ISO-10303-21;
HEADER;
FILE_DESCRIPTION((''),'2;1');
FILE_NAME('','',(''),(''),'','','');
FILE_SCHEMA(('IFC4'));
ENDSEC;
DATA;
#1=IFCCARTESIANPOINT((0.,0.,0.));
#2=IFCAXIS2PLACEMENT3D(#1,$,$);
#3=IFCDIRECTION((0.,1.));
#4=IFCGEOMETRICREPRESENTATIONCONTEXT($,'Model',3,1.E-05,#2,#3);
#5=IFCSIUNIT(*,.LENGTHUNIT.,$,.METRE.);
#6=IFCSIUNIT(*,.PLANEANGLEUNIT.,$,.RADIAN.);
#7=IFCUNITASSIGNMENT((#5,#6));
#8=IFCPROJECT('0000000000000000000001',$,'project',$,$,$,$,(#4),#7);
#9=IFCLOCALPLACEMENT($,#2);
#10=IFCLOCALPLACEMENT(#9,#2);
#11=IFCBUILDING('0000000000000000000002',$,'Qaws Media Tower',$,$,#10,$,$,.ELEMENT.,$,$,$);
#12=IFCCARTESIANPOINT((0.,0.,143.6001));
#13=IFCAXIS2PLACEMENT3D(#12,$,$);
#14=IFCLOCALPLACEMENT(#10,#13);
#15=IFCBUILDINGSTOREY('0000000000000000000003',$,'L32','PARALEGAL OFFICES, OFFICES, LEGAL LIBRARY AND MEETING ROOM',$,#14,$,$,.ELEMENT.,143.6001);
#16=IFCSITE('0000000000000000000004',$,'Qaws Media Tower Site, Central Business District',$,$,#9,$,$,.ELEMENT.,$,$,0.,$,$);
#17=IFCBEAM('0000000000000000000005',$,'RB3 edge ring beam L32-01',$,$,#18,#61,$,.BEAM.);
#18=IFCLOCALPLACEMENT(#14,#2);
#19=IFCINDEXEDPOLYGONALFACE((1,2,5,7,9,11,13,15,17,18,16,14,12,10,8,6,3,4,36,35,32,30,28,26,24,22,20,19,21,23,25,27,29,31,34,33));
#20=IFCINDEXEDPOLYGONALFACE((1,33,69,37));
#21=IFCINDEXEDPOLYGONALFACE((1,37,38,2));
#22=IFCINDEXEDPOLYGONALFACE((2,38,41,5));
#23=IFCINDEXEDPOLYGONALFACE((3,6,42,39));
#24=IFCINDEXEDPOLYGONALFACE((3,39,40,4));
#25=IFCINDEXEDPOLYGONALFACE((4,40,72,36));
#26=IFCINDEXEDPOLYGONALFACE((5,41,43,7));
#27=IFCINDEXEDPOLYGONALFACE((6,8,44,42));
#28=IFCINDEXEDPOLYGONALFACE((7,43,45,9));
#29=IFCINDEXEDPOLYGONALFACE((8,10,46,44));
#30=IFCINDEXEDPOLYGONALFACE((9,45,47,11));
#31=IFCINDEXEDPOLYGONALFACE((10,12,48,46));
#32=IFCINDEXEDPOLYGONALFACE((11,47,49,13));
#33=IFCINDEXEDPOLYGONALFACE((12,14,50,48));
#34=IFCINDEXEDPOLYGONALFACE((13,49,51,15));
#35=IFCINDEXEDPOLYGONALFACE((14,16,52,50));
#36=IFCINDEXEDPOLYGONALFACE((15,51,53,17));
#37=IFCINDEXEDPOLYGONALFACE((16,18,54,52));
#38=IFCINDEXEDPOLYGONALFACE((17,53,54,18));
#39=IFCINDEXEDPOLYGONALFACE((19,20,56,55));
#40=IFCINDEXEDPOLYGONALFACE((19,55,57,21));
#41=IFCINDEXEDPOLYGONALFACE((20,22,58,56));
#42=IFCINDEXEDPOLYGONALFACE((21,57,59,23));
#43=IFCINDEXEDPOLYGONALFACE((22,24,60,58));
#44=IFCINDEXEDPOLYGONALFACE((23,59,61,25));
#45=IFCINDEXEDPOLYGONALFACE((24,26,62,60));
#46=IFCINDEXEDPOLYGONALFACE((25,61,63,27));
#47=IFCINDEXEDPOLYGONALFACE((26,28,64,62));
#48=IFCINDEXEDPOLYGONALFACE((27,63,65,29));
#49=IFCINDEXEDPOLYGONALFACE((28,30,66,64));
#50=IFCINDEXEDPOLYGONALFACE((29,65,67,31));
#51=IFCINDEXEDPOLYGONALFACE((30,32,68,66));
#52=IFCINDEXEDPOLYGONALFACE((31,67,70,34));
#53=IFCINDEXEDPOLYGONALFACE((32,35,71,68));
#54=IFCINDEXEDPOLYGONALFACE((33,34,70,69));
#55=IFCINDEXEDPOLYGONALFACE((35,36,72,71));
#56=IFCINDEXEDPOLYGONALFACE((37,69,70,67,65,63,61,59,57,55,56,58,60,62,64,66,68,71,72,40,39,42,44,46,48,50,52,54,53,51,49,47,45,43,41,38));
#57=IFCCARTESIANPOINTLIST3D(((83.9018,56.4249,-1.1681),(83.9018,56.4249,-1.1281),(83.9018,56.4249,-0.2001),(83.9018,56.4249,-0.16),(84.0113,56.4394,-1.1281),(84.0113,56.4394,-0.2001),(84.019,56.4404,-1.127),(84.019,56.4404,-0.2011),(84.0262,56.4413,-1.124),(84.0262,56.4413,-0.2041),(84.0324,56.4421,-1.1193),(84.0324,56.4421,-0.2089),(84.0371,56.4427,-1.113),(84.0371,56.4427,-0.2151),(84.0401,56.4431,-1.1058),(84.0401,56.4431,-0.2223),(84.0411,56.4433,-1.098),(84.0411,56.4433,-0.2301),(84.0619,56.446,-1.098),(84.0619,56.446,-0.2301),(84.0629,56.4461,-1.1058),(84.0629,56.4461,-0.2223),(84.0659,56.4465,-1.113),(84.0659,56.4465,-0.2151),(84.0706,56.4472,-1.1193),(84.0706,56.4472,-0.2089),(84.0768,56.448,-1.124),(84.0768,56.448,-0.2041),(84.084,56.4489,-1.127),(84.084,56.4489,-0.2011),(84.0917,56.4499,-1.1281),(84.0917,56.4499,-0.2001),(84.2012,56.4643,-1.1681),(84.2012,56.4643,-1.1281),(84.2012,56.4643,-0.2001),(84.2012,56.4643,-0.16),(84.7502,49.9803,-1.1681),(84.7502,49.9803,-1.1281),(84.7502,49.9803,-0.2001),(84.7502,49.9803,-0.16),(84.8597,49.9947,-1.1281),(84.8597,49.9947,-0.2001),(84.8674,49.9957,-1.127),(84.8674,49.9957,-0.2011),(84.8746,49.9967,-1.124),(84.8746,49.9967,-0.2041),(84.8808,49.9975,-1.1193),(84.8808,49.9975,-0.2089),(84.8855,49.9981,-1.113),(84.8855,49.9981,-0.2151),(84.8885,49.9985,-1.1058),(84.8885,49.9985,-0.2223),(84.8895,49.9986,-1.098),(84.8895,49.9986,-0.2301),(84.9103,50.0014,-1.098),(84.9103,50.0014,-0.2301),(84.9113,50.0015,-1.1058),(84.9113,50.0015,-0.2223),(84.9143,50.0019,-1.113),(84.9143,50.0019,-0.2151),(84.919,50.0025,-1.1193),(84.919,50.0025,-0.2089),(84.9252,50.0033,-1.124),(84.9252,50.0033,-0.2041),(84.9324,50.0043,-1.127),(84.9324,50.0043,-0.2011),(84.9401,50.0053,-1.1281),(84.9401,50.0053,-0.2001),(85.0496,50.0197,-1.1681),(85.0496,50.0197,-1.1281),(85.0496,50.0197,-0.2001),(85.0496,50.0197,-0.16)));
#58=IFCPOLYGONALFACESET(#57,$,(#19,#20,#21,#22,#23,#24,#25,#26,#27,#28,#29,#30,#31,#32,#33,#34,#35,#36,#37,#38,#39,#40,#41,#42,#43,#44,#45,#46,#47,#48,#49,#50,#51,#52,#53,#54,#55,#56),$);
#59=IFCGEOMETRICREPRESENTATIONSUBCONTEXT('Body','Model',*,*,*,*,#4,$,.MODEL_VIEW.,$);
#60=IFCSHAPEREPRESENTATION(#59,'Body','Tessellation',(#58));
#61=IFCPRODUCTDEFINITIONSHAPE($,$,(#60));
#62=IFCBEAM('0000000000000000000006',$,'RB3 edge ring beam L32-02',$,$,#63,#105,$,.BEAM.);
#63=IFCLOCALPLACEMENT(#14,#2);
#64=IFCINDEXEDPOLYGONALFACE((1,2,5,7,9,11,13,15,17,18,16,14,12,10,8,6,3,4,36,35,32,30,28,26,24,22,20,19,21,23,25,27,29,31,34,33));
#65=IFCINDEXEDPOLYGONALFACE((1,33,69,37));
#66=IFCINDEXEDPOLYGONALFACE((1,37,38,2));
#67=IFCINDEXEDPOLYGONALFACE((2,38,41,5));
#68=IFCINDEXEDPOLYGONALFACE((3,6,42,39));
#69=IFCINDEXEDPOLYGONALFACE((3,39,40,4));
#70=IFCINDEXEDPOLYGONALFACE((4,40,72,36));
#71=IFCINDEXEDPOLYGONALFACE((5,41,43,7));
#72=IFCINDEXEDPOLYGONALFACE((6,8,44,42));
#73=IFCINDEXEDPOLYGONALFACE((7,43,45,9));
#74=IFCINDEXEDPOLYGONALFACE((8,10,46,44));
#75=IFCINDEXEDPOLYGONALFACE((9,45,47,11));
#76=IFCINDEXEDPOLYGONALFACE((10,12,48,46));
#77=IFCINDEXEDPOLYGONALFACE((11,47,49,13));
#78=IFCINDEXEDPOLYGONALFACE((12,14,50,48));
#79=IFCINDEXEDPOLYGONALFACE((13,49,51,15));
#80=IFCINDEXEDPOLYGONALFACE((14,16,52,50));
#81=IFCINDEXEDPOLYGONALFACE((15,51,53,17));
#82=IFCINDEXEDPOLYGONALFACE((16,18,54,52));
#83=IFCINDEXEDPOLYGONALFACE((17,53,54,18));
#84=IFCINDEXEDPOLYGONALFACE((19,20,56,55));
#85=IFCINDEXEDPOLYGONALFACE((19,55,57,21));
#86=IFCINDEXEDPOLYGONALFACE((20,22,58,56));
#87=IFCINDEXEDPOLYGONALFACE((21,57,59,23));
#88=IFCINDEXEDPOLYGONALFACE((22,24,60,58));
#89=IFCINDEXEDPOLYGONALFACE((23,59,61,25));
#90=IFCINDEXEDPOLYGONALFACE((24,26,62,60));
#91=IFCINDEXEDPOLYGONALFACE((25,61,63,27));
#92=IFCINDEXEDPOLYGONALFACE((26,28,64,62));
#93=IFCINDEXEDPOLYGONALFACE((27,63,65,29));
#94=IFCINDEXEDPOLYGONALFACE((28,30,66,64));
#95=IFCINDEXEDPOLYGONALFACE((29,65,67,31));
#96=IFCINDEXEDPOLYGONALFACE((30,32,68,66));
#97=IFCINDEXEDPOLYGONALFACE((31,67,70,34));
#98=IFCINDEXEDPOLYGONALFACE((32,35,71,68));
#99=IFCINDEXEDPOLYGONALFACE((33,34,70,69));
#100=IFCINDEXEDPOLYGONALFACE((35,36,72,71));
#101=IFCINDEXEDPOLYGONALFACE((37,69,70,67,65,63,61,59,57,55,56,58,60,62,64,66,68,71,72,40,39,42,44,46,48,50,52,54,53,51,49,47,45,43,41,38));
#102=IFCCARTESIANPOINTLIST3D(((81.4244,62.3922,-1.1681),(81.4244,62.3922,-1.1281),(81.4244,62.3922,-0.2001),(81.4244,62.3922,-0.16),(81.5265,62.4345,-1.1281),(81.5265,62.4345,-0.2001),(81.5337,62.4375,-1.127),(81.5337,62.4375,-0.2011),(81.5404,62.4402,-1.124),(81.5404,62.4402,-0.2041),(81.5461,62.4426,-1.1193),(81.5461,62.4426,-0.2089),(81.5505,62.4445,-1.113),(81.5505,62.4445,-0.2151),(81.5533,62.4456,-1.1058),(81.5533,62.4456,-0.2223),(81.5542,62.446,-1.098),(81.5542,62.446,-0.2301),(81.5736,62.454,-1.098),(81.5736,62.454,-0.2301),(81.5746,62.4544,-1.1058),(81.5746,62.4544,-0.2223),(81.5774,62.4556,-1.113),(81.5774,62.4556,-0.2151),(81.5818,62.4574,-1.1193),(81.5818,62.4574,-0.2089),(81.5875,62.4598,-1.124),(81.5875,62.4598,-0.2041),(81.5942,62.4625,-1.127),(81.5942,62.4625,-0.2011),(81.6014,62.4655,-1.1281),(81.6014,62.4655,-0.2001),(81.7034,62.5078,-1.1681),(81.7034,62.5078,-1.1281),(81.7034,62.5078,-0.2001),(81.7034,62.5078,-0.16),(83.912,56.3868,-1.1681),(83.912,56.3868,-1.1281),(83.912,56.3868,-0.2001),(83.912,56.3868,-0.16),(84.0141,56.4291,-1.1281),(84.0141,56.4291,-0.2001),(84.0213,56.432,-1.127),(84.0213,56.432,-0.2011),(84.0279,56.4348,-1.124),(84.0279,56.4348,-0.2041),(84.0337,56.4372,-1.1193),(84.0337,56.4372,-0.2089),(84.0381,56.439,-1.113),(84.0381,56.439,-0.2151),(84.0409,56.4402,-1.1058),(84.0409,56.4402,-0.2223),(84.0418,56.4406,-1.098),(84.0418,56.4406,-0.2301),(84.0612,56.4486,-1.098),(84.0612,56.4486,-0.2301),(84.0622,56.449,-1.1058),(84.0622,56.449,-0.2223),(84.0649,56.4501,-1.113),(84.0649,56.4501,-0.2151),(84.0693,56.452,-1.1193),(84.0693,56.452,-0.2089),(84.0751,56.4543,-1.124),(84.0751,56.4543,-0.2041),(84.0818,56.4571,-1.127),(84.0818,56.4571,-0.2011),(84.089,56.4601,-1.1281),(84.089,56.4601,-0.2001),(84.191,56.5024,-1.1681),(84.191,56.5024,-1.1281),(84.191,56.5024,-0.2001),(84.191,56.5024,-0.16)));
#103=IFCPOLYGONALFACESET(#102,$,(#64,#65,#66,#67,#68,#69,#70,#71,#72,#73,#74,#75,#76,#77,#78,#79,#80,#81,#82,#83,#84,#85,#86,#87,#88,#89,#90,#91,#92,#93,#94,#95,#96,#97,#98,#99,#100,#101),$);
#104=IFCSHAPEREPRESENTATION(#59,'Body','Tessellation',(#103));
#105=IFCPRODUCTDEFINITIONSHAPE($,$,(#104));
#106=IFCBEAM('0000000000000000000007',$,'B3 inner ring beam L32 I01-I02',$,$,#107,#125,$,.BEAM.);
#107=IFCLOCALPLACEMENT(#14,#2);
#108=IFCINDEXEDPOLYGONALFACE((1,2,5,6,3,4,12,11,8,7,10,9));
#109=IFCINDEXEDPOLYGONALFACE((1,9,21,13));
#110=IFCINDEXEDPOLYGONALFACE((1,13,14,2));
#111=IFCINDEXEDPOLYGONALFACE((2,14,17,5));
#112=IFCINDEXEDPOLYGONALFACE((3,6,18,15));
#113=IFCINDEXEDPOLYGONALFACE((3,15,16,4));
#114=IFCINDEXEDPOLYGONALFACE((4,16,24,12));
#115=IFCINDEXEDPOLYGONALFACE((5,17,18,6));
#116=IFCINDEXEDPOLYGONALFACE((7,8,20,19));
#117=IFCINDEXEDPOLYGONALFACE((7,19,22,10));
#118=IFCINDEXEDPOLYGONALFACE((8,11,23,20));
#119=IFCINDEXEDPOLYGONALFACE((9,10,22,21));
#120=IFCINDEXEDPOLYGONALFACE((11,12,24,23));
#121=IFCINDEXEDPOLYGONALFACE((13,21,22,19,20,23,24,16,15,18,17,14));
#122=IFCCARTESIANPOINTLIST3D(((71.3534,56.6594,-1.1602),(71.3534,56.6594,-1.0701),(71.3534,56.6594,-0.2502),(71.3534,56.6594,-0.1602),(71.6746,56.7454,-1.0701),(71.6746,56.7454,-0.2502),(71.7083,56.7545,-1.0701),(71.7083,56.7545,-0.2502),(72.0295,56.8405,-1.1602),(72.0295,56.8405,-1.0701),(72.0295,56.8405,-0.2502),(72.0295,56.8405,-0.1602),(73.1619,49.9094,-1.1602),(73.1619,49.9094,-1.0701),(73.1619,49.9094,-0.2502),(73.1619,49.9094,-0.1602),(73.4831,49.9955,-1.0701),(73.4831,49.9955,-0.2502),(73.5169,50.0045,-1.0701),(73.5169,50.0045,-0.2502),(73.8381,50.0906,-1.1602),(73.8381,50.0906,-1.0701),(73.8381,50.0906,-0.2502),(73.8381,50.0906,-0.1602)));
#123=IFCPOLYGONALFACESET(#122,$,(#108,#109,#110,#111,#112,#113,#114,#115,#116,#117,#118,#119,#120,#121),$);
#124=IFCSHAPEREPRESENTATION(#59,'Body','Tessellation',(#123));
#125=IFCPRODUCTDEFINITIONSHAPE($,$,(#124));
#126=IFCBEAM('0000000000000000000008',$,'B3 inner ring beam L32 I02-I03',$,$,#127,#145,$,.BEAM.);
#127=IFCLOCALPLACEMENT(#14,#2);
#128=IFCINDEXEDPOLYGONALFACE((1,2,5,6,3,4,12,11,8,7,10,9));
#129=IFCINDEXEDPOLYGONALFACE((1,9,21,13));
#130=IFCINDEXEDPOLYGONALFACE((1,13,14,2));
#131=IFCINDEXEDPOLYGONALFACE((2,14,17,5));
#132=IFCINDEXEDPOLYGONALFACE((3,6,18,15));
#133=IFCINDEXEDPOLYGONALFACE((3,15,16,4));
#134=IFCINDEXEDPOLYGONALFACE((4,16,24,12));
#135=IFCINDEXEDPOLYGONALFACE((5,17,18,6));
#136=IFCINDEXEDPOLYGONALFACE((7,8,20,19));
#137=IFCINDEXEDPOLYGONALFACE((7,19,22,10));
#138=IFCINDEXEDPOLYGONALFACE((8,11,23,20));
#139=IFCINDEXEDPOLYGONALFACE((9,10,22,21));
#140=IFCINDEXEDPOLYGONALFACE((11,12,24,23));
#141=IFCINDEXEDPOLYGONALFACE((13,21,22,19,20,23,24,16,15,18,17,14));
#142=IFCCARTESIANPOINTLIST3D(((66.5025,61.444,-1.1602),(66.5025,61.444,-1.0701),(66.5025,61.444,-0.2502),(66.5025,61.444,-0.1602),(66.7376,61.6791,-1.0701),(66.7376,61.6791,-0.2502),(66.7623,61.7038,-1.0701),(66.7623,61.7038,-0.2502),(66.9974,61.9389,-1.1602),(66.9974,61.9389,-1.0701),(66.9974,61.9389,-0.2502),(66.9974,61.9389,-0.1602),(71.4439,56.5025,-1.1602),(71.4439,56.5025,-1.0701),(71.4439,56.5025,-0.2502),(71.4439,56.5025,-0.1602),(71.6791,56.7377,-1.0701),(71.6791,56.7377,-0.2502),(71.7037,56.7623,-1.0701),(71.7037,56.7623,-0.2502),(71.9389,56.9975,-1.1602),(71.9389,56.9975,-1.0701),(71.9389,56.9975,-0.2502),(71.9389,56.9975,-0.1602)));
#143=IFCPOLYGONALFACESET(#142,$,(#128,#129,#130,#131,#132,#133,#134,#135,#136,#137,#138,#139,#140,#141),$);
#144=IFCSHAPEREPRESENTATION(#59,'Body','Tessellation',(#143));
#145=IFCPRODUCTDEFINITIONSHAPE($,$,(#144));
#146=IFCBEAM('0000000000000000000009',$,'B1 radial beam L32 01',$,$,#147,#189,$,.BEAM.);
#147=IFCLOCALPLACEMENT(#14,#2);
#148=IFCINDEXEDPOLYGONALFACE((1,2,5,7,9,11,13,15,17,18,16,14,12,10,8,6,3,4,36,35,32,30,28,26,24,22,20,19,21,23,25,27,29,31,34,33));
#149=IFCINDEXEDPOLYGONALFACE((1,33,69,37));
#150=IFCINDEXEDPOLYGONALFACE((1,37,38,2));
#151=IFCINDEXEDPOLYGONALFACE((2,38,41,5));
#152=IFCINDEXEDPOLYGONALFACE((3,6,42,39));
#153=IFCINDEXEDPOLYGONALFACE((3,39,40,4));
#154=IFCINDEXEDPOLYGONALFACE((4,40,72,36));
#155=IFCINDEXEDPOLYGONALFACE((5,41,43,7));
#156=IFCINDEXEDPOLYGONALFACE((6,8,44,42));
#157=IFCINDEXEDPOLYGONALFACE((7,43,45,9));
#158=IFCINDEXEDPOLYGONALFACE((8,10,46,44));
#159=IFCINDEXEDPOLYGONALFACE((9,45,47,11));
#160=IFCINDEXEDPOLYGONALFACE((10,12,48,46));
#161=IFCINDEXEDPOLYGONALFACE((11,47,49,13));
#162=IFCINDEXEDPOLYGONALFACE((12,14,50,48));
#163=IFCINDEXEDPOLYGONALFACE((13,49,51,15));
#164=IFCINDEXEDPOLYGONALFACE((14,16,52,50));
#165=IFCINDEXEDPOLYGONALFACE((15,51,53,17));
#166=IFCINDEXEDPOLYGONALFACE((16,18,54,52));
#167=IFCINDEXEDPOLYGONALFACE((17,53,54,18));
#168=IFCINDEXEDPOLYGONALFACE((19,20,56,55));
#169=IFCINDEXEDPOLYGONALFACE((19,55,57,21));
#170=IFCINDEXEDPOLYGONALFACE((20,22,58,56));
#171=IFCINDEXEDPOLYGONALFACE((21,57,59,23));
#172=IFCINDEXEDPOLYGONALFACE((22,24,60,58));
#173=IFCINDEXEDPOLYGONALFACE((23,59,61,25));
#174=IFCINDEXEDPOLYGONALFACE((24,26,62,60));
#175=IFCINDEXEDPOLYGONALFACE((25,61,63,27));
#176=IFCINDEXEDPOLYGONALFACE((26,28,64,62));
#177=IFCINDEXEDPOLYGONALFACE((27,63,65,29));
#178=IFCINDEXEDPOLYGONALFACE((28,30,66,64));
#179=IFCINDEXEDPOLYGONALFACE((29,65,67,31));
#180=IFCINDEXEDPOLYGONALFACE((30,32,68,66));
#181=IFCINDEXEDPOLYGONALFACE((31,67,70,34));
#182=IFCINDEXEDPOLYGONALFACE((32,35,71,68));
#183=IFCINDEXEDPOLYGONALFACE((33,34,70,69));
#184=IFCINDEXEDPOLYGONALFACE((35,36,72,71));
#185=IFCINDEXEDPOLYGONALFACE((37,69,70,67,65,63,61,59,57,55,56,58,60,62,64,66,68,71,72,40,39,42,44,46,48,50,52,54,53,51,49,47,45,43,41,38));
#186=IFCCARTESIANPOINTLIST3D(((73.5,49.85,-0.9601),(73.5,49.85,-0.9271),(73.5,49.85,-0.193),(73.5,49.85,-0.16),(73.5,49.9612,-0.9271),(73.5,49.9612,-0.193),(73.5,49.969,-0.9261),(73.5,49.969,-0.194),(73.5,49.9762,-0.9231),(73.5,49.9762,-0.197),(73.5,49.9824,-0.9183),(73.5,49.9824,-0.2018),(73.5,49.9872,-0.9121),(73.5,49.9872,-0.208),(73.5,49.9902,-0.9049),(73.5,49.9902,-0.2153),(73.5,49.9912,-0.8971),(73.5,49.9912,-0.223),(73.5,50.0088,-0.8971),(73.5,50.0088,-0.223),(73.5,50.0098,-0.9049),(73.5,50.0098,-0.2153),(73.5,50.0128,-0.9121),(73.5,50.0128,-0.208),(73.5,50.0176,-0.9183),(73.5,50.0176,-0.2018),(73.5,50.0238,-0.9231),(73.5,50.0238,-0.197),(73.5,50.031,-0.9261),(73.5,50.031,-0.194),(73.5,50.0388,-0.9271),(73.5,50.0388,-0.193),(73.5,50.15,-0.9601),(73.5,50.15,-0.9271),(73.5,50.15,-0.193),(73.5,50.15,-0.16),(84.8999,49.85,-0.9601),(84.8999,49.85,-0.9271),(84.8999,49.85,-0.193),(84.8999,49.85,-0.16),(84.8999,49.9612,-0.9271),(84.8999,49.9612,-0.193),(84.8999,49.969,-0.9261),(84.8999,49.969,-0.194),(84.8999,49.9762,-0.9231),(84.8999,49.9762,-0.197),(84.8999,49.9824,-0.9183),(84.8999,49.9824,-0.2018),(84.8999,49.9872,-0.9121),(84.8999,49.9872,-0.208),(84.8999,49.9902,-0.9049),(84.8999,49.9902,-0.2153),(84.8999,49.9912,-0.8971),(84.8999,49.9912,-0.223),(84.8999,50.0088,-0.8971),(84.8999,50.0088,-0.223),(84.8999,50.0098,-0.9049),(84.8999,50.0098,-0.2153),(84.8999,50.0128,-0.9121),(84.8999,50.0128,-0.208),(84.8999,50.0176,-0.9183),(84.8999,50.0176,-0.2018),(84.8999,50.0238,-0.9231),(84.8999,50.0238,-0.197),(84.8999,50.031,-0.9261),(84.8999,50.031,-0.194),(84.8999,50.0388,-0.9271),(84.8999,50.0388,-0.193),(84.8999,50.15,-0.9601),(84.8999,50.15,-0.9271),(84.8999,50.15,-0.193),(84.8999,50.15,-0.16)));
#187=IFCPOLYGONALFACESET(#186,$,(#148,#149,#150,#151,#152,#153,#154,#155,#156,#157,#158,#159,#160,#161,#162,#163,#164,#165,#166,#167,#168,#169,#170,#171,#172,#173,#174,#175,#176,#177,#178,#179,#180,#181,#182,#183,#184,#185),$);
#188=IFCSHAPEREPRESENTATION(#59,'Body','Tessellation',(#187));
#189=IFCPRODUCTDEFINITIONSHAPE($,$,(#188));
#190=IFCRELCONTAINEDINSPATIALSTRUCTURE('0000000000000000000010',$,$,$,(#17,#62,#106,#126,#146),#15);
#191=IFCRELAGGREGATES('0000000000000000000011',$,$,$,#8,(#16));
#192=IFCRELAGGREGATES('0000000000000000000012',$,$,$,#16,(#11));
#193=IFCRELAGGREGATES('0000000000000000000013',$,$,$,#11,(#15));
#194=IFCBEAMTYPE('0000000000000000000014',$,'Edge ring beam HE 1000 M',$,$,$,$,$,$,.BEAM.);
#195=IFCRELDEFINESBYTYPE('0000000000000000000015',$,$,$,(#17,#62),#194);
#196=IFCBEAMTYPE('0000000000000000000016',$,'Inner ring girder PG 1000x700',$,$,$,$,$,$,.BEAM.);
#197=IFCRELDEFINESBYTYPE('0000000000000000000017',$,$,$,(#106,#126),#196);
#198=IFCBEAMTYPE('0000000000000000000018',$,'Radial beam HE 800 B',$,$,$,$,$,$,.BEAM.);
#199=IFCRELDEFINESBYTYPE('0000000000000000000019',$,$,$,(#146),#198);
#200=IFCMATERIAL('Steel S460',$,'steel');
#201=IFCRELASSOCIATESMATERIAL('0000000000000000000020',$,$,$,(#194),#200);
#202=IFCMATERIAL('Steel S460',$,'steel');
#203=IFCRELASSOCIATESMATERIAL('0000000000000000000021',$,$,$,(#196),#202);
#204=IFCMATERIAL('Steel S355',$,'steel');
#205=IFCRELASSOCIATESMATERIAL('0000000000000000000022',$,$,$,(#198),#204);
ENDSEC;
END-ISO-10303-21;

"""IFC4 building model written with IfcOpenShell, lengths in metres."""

from ifc_helpers import new_model, si_unit, direction, frame, origin, origin_2d, place, context, subcontext, project, spatial, i_section, extrude, material, material_profile, profile_set, type_object, element, save


model = new_model("IFC4")

# Units and contexts
model_context = context("Model", 3, precision=1e-05, world=origin(), true_north=direction((0.0, 1.0)))
body_context = subcontext(model_context, "Body", "Model", "MODEL_VIEW")
ifc_project = project(units=[si_unit("LENGTHUNIT", "METRE"), si_unit("PLANEANGLEUNIT", "RADIAN")], contexts=[model_context])

# Site, building, storey
site_placement = place(None, origin())
site = spatial("IfcSite", under=ifc_project, at=site_placement, Name="Qaws Media Tower Site, Central Business District", CompositionType="ELEMENT", RefElevation=0.0)
building_placement = place(site_placement, origin())
building = spatial("IfcBuilding", under=site, at=building_placement, Name="Qaws Media Tower", CompositionType="ELEMENT")
storey_placement = place(building_placement, frame((0.0, 0.0, 143.6001)))
storey = spatial("IfcBuildingStorey", under=building, at=storey_placement, Name="L32", Description="PARALEGAL OFFICES, OFFICES, LEGAL LIBRARY AND MEETING ROOM", CompositionType="ELEMENT", Elevation=143.6001)

# Beams
ifc_material_1 = material(Name="Steel S460", Category="steel")
ifc_material_profile_1 = material_profile(ifc_material_1, i_section(OverallWidth=0.302, OverallDepth=1.0081, WebThickness=0.021, FlangeThickness=0.04, FilletRadius=0.03, at=origin_2d()), Name="HE 1000 M")
ifc_profile_set_1 = profile_set([ifc_material_profile_1], Name="Steel S460")
beam_type_1 = type_object("IfcBeamType", Name="Edge ring beam HE 1000 M", PredefinedType="BEAM", material=ifc_profile_set_1)
for number, where, z_axis, x_axis, name in (
    (1, (84.8999, 50.0, -0.6641), (-0.130518, 0.991446, 0.0), (-0.991446, -0.130518, 0.0), "RB3 edge ring beam L32-01"),
    (2, (84.0515, 56.4446, -0.6641), (-0.382689, 0.923877, 0.0), (-0.923877, -0.382689, 0.0), "RB3 edge ring beam L32-02"),
):
    element("IfcBeam", number, at=place(storey_placement, frame(where, z_axis=z_axis, x_axis=x_axis)), inside=storey, type_object=beam_type_1, Name=name, PredefinedType="BEAM", context=body_context, shape_type="SweptSolid", body=[
        extrude(i_section(OverallWidth=0.302, OverallDepth=1.0081, WebThickness=0.021, FlangeThickness=0.04, FilletRadius=0.03, at=origin_2d()), origin(), (0.0, 0.0, 1.0), 6.5002),
    ])
ifc_material_2 = material(Name="Steel S460", Category="steel")
ifc_material_profile_2 = material_profile(ifc_material_2, i_section(OverallWidth=0.7, OverallDepth=1.0, WebThickness=0.0349, FlangeThickness=0.0901, at=origin_2d()), Name="PG 1000x700")
ifc_profile_set_2 = profile_set([ifc_material_profile_2], Name="Steel S460")
beam_type_2 = type_object("IfcBeamType", Name="Inner ring girder PG 1000x700", PredefinedType="BEAM", material=ifc_profile_set_2)
beam_1_placement = place(storey_placement, frame((73.5, 50.0, -0.6602), z_axis=(-0.258811, 0.965928, 0.0), x_axis=(-0.965928, -0.258811, 0.0)))
element("IfcBeam", 3, at=beam_1_placement, inside=storey, type_object=beam_type_2, Name="B3 inner ring beam L32 I01-I02", PredefinedType="BEAM", context=body_context, shape_type="SweptSolid", body=[
    extrude(i_section(OverallWidth=0.7, OverallDepth=1.0, WebThickness=0.0349, FlangeThickness=0.0901, at=origin_2d()), origin(), (0.0, 0.0, 1.0), 6.988),
])
beam_2_placement = place(storey_placement, frame((71.6914, 56.75, -0.6602), z_axis=(-0.707107, 0.707107, 0.0), x_axis=(-0.707107, -0.707107, 0.0)))
element("IfcBeam", 4, at=beam_2_placement, inside=storey, type_object=beam_type_2, Name="B3 inner ring beam L32 I02-I03", PredefinedType="BEAM", context=body_context, shape_type="SweptSolid", body=[
    extrude(i_section(OverallWidth=0.7, OverallDepth=1.0, WebThickness=0.0349, FlangeThickness=0.0901, at=origin_2d()), origin(), (0.0, 0.0, 1.0), 6.9883),
])
ifc_material_3 = material(Name="Steel S355", Category="steel")
ifc_material_profile_3 = material_profile(ifc_material_3, i_section(OverallWidth=0.3, OverallDepth=0.8, WebThickness=0.0176, FlangeThickness=0.033, FilletRadius=0.03, at=origin_2d()), Name="HE 800 B")
ifc_profile_set_3 = profile_set([ifc_material_profile_3], Name="Steel S355")
beam_type_3 = type_object("IfcBeamType", Name="Radial beam HE 800 B", PredefinedType="BEAM", material=ifc_profile_set_3)
beam_3_placement = place(storey_placement, frame((73.5, 50.0, -0.5601), z_axis=(1.0, 0.0, 0.0), x_axis=(0.0, 1.0, 0.0)))
element("IfcBeam", 5, at=beam_3_placement, inside=storey, type_object=beam_type_3, Name="B1 radial beam L32 01", PredefinedType="BEAM", context=body_context, shape_type="SweptSolid", body=[
    extrude(i_section(OverallWidth=0.3, OverallDepth=0.8, WebThickness=0.0176, FlangeThickness=0.033, FilletRadius=0.03, at=origin_2d()), origin(), (0.0, 0.0, 1.0), 11.3999),
])

save(model, "model.ifc")
